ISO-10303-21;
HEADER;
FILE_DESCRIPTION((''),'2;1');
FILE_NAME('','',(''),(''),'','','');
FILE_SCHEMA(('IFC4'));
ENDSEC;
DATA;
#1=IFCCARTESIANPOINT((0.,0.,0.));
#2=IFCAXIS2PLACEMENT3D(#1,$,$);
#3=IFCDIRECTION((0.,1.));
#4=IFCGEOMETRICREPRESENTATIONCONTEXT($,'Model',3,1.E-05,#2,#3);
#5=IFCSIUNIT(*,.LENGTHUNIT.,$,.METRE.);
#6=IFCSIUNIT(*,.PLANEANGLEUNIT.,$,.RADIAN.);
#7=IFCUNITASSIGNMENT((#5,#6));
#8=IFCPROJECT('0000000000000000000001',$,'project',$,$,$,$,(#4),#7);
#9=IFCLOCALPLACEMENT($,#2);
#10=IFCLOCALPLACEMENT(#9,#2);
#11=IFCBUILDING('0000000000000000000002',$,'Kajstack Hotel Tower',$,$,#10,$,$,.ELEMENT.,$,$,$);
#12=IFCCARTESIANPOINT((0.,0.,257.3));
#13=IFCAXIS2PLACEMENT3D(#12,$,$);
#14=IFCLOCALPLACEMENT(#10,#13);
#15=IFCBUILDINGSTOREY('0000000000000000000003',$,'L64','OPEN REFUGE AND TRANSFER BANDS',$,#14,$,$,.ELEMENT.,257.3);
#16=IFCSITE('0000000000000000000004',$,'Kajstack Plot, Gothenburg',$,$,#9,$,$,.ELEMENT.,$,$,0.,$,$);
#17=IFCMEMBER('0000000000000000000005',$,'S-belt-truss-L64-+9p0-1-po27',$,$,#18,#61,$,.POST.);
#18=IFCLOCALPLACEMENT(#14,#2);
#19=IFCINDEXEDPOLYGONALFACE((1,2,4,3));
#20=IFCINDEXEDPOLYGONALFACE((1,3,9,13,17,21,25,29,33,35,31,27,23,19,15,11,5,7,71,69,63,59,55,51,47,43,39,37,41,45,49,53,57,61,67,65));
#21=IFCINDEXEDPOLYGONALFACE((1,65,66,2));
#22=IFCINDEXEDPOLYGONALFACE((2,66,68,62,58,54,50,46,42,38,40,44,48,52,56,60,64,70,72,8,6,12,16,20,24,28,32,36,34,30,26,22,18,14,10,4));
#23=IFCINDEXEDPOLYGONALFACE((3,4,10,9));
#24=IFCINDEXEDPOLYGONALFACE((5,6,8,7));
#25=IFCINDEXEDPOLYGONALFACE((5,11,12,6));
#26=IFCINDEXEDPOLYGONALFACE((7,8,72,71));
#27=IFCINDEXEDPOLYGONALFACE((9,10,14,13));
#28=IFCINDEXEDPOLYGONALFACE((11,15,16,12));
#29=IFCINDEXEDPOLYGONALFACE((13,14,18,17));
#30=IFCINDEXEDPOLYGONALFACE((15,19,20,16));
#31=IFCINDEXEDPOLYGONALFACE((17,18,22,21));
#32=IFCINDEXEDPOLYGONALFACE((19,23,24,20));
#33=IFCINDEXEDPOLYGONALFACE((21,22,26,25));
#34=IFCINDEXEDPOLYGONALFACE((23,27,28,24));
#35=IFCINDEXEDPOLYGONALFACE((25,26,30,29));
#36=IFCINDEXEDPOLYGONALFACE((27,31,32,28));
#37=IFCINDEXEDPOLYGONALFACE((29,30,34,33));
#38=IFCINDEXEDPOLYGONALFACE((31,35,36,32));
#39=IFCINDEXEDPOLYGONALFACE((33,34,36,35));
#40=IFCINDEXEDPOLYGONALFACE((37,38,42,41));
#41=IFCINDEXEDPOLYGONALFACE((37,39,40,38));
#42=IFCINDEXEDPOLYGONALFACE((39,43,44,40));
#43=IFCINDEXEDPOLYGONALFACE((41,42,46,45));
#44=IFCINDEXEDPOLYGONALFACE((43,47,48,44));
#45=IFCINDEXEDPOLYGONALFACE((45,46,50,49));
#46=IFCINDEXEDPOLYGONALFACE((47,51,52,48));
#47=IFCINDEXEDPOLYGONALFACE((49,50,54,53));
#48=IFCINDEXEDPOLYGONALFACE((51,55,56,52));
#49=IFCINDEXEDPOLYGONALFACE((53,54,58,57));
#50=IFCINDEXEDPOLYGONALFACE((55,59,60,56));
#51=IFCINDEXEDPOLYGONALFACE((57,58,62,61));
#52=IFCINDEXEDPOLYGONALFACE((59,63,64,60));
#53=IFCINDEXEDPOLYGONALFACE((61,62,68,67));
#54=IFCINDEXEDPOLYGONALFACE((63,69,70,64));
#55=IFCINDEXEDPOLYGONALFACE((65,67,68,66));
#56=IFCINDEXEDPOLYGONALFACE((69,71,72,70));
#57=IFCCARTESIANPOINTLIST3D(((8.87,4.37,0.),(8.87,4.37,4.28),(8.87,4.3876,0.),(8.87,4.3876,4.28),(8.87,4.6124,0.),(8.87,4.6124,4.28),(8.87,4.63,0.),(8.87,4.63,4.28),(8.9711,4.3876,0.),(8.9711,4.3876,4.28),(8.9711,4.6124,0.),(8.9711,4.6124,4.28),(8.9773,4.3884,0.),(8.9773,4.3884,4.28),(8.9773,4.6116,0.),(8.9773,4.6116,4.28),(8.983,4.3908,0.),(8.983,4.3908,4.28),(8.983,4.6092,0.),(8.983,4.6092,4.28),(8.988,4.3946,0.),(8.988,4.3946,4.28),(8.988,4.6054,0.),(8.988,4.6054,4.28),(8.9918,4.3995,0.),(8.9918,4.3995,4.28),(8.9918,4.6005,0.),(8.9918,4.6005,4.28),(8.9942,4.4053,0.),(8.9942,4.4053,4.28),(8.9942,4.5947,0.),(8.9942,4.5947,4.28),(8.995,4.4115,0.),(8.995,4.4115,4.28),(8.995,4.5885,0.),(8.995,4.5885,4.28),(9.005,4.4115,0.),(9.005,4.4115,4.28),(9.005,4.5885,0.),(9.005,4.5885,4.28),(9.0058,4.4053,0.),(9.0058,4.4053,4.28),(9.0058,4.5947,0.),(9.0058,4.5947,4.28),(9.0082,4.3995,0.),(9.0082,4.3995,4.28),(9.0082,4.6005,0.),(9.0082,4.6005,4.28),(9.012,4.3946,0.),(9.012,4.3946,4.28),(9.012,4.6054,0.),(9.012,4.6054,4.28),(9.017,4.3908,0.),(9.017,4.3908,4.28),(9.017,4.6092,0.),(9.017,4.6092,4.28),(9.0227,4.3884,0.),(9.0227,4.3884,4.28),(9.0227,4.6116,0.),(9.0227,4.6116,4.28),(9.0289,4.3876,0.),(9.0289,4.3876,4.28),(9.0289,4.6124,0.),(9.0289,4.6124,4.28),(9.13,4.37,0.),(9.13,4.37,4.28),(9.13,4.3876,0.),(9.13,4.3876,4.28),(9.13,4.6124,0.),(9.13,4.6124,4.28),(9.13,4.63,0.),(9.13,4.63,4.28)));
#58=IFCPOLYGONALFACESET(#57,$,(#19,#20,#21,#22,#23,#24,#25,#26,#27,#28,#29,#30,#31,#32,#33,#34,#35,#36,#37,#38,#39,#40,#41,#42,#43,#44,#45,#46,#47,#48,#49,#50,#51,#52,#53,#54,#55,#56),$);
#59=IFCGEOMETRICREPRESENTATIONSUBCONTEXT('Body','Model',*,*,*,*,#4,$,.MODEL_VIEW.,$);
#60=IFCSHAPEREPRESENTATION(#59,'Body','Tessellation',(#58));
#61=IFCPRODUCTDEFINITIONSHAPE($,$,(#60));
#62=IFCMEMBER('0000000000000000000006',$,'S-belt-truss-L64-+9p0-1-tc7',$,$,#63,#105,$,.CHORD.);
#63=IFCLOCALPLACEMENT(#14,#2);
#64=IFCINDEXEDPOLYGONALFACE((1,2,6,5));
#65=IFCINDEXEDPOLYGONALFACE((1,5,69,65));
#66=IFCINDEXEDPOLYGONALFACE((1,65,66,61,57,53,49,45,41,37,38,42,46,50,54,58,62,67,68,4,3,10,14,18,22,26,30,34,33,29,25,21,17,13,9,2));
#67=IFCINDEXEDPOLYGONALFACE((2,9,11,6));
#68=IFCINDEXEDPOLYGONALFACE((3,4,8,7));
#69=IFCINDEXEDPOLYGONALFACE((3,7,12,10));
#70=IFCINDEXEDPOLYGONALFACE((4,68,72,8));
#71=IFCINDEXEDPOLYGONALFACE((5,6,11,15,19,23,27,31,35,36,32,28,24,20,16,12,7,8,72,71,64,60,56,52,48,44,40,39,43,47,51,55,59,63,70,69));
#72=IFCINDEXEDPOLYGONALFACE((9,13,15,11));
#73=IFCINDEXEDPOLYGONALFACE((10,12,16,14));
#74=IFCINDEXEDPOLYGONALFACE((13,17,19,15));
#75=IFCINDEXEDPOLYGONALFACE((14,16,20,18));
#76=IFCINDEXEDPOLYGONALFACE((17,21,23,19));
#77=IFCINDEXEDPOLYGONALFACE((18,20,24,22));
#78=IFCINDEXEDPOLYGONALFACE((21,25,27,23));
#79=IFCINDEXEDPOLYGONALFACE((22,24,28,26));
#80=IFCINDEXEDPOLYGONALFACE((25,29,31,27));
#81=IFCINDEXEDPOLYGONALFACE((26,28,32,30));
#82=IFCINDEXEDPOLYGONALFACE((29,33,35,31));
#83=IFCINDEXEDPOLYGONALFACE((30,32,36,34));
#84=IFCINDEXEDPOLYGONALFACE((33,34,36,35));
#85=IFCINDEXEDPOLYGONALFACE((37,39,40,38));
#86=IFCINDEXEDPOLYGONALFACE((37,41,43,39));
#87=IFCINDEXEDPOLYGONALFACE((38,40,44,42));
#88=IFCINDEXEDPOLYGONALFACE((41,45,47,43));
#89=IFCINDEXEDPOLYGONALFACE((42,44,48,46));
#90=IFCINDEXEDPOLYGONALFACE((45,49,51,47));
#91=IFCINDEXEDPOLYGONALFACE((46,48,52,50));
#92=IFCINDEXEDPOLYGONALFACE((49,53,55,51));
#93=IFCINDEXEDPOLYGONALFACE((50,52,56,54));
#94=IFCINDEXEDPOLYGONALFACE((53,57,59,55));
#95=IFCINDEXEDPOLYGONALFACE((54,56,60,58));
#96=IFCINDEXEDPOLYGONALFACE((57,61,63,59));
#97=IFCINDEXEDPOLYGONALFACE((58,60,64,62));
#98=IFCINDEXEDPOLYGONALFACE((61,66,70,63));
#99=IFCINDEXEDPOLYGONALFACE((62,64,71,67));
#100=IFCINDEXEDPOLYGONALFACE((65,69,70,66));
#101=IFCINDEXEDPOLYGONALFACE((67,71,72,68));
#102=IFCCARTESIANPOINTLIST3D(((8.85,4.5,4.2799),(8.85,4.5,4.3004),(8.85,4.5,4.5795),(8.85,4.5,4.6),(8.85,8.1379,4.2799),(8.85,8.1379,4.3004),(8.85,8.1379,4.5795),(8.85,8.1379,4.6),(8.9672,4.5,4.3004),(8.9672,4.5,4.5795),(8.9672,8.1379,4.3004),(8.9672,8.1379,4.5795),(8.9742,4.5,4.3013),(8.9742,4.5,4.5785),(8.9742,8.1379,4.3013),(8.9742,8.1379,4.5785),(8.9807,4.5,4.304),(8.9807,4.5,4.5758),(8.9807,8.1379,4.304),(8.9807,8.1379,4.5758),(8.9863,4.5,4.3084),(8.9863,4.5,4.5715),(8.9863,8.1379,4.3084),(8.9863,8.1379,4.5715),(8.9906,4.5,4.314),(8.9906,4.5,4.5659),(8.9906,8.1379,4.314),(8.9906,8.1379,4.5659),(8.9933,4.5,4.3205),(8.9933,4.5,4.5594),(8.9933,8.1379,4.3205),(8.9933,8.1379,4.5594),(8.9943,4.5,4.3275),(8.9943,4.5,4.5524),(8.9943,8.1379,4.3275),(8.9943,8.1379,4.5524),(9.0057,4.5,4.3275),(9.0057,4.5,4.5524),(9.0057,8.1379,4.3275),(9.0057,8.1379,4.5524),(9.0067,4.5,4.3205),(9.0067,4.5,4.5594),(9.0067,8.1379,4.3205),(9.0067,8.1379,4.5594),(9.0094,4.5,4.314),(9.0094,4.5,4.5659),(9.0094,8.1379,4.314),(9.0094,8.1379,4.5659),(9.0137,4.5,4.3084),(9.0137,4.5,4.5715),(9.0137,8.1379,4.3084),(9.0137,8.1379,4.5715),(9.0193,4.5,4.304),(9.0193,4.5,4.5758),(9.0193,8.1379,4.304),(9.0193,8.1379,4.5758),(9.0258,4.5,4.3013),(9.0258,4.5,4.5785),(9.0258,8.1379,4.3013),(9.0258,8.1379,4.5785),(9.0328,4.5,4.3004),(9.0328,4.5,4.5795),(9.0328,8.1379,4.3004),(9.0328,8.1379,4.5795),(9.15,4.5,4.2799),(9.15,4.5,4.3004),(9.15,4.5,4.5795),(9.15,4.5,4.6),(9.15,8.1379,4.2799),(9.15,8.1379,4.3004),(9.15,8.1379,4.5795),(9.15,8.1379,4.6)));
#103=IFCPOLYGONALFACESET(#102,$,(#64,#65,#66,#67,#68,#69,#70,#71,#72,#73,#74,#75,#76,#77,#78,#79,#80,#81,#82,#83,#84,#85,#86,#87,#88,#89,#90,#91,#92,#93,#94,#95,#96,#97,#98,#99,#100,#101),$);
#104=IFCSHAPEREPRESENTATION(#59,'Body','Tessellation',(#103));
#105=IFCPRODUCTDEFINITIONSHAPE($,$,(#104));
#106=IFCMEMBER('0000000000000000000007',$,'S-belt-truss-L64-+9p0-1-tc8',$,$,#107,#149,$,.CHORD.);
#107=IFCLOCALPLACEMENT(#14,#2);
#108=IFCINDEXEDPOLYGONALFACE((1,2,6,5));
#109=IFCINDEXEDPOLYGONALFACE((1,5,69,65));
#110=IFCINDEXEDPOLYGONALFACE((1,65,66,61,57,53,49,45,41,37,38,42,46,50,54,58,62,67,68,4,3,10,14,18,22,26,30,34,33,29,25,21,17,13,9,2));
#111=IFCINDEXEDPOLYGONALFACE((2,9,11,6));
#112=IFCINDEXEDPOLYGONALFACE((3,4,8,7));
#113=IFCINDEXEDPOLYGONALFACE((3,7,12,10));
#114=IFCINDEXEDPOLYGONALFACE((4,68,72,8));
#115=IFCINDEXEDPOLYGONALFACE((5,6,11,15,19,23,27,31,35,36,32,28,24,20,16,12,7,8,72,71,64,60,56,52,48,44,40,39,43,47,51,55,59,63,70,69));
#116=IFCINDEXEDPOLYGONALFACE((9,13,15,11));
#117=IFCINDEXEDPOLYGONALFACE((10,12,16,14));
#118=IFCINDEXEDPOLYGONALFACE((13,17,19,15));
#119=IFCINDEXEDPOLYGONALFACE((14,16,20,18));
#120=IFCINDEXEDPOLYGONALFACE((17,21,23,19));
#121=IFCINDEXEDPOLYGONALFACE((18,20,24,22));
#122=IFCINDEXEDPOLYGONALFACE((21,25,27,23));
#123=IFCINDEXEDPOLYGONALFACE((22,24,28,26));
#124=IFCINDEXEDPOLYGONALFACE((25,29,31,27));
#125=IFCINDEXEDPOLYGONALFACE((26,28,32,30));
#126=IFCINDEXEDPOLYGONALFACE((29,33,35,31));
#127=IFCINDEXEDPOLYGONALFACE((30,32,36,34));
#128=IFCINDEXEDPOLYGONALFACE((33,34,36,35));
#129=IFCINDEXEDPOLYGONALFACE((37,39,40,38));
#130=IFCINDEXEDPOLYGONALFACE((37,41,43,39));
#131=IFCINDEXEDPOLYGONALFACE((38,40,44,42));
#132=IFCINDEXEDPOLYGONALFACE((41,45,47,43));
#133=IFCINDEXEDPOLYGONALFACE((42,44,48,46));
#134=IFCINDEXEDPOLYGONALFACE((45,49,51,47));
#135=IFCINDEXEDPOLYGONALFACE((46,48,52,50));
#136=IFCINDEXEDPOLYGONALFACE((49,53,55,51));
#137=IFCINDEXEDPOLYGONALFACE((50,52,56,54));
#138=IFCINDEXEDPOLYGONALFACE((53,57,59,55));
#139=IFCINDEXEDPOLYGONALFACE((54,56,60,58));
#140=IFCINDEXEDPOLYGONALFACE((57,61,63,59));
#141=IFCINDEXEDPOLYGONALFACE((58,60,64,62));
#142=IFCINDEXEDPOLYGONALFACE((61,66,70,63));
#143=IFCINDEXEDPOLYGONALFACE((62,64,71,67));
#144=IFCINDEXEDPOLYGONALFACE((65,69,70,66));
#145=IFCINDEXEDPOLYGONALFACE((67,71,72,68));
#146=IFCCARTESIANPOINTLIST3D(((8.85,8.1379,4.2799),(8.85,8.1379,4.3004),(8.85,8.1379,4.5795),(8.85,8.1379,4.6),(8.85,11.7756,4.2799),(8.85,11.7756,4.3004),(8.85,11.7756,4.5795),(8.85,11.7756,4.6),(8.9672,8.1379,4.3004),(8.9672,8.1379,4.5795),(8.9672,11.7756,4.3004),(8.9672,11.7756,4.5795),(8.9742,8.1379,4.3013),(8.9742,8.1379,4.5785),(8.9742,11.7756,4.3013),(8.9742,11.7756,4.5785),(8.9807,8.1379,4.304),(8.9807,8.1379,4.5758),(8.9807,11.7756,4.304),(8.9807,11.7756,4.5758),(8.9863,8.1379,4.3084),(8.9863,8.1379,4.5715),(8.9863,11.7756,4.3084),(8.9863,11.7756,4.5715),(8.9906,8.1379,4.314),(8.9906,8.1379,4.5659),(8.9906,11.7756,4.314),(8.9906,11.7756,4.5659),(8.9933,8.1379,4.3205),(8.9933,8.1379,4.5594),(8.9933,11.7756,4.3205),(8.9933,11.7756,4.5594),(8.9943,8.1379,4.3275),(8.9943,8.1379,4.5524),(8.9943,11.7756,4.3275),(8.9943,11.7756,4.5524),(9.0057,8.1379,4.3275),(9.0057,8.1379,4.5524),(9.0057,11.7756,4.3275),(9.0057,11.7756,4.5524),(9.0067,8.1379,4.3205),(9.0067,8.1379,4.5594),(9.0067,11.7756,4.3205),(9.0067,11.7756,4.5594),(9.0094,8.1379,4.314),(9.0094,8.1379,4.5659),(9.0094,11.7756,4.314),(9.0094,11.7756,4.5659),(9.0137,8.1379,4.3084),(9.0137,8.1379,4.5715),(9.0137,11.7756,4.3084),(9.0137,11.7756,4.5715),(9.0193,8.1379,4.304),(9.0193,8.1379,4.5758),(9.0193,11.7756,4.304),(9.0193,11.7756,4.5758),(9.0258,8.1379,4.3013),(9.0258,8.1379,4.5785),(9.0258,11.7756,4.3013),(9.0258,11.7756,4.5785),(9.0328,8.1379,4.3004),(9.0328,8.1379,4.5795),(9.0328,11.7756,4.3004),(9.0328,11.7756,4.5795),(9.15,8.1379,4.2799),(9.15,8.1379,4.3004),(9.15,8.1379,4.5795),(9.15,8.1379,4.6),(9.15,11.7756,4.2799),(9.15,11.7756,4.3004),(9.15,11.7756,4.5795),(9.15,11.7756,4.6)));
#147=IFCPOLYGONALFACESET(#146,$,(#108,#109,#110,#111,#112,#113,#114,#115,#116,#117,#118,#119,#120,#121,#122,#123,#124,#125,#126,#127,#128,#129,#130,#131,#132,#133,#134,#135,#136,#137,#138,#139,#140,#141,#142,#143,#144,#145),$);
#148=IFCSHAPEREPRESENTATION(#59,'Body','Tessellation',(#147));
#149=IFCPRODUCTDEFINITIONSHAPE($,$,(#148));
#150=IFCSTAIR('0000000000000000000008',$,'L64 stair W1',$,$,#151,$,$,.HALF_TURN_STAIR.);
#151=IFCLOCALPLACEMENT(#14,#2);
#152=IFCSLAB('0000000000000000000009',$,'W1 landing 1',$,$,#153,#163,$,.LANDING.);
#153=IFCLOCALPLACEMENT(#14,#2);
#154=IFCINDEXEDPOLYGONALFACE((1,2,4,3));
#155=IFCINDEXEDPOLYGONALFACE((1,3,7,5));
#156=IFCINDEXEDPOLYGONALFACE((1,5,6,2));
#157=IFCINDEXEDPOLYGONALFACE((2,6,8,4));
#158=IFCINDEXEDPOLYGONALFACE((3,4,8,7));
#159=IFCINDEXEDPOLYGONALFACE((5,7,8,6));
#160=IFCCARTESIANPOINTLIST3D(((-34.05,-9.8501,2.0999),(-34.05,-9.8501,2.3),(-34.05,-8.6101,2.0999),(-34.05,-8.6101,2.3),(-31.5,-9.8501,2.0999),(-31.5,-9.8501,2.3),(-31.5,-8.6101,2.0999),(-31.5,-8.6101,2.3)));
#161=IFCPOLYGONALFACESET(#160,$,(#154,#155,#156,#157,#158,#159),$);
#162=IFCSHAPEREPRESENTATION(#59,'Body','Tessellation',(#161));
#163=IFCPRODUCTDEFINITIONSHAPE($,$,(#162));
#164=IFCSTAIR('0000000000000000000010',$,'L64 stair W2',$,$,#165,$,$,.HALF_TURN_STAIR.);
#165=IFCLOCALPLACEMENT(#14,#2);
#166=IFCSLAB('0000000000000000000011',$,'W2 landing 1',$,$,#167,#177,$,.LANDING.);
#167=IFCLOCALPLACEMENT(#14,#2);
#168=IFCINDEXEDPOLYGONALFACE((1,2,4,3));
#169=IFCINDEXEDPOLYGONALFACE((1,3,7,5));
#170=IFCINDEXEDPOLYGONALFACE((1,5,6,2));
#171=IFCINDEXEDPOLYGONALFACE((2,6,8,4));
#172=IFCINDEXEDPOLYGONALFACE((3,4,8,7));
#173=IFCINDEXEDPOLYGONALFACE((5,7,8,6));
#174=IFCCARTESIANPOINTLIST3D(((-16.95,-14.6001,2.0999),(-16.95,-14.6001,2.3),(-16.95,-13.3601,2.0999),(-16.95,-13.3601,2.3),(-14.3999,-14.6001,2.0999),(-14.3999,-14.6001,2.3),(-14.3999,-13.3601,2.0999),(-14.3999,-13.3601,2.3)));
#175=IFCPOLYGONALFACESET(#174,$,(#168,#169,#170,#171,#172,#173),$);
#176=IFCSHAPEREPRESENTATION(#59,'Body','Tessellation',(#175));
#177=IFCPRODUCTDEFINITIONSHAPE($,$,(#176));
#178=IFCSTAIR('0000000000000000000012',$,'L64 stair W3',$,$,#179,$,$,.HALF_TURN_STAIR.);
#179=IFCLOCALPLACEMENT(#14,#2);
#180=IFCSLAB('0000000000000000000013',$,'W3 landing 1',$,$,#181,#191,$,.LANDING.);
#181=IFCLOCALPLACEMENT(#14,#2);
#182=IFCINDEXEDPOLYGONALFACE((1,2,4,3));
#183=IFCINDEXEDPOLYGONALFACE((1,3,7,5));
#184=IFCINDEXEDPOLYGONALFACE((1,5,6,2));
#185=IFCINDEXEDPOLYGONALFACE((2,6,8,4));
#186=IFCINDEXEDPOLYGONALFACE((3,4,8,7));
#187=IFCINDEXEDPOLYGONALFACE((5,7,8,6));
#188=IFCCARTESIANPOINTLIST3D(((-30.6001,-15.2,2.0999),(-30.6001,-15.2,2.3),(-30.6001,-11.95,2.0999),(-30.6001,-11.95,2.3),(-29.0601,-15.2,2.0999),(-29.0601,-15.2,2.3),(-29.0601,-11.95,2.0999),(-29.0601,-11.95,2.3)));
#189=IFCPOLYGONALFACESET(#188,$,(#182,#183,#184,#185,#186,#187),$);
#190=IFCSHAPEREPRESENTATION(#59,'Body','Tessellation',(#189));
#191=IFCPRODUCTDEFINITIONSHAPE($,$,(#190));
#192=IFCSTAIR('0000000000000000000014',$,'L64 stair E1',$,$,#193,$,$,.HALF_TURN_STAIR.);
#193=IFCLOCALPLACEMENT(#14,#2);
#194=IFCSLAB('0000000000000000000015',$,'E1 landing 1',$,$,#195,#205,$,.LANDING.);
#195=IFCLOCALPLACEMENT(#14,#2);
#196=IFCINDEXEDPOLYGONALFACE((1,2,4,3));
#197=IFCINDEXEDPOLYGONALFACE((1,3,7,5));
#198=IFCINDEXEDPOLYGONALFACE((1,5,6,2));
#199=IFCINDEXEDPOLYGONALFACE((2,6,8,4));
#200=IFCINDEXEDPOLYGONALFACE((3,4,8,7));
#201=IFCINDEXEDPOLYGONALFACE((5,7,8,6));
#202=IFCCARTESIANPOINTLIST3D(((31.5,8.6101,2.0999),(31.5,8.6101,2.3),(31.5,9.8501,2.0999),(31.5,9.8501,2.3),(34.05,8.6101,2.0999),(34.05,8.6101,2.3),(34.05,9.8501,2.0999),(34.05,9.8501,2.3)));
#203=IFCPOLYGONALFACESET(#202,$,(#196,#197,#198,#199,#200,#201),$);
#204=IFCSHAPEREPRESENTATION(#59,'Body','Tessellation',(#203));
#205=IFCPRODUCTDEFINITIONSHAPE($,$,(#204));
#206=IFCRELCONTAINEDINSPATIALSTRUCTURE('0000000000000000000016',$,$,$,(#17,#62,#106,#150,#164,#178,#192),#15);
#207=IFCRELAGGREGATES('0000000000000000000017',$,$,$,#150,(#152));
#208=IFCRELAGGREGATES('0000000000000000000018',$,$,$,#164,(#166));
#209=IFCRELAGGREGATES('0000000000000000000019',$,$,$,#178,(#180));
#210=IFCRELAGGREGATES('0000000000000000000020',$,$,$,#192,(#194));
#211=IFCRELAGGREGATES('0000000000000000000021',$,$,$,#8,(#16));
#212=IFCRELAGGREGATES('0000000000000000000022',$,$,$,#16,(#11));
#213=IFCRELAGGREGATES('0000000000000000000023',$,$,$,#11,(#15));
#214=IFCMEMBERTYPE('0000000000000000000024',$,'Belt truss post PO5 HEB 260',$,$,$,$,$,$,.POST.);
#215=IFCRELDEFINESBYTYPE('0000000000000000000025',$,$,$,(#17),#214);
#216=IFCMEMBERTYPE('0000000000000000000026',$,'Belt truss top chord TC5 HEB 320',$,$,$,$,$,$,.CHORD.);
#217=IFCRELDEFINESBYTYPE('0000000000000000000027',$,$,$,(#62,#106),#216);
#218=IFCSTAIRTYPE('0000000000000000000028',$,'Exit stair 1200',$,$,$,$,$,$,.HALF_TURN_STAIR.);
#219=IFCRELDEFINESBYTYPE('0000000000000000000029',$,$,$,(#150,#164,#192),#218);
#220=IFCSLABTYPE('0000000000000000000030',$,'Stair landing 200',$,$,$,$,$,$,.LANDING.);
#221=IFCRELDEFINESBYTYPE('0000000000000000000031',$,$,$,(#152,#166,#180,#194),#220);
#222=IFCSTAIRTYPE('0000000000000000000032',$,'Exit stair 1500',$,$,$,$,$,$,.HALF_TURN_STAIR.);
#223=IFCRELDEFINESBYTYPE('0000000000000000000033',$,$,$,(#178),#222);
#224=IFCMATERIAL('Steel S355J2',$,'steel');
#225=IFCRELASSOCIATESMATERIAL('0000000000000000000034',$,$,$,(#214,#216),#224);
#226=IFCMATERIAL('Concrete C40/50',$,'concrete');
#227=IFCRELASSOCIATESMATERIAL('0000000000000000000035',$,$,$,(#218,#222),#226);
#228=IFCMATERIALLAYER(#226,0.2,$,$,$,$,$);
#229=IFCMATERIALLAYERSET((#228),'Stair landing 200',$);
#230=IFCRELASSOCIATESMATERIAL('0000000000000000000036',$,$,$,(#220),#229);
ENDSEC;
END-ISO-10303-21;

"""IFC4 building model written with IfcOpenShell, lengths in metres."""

from ifc_helpers import new_model, si_unit, direction, frame, origin, origin_2d, place, context, subcontext, project, spatial, polyline, i_section, outline, extrude, material, layer, layer_set, material_profile, profile_set, type_object, element, aggregate, save


model = new_model("IFC4")

# Units and contexts
model_context = context("Model", 3, precision=1e-05, world=origin(), true_north=direction((0.0, 1.0)))
body_context = subcontext(model_context, "Body", "Model", "MODEL_VIEW")
ifc_project = project(units=[si_unit("LENGTHUNIT", "METRE"), si_unit("PLANEANGLEUNIT", "RADIAN")], contexts=[model_context])

# Site, building, storey
site_placement = place(None, origin())
site = spatial("IfcSite", under=ifc_project, at=site_placement, Name="Kajstack Plot, Gothenburg", CompositionType="ELEMENT", RefElevation=0.0)
building_placement = place(site_placement, origin())
building = spatial("IfcBuilding", under=site, at=building_placement, Name="Kajstack Hotel Tower", CompositionType="ELEMENT")
storey_placement = place(building_placement, frame((0.0, 0.0, 257.3)))
storey = spatial("IfcBuildingStorey", under=building, at=storey_placement, Name="L64", Description="OPEN REFUGE AND TRANSFER BANDS", CompositionType="ELEMENT", Elevation=257.3)

# Members
ifc_material_1 = material(Name="Steel S355J2", Category="steel")
ifc_material_profile_1 = material_profile(ifc_material_1, i_section(OverallWidth=0.26, OverallDepth=0.26, WebThickness=0.01, FlangeThickness=0.0176, FilletRadius=0.0239, at=origin_2d()), Name="HEB 260")
ifc_profile_set_1 = profile_set([ifc_material_profile_1], Name="Steel S355J2")
member_type_1 = type_object("IfcMemberType", Name="Belt truss post PO5 HEB 260", PredefinedType="POST", material=ifc_profile_set_1)
member_1_placement = place(storey_placement, frame((9.0, 4.5, 0.0), z_axis=(0.0, 0.0, 1.0), x_axis=(1.0, 0.0, 0.0)))
element("IfcMember", 1, at=member_1_placement, inside=storey, type_object=member_type_1, Name="S-belt-truss-L64-+9p0-1-po27", PredefinedType="POST", context=body_context, shape_type="SweptSolid", body=[
    extrude(i_section(OverallWidth=0.26, OverallDepth=0.26, WebThickness=0.01, FlangeThickness=0.0176, FilletRadius=0.0239, at=origin_2d()), origin(), (0.0, 0.0, 1.0), 4.28),
])
ifc_material_profile_2 = material_profile(ifc_material_1, i_section(OverallWidth=0.3, OverallDepth=0.3201, WebThickness=0.0115, FlangeThickness=0.0205, FilletRadius=0.0271, at=origin_2d()), Name="HEB 320")
ifc_profile_set_2 = profile_set([ifc_material_profile_2], Name="Steel S355J2")
member_type_2 = type_object("IfcMemberType", Name="Belt truss top chord TC5 HEB 320", PredefinedType="CHORD", material=ifc_profile_set_2)
member_2_placement = place(storey_placement, frame((9.0, 4.5, 4.4399), z_axis=(0.0, 1.0, 0.0), x_axis=(-1.0, 0.0, 0.0)))
element("IfcMember", 2, at=member_2_placement, inside=storey, type_object=member_type_2, Name="S-belt-truss-L64-+9p0-1-tc7", PredefinedType="CHORD", context=body_context, shape_type="SweptSolid", body=[
    extrude(i_section(OverallWidth=0.3, OverallDepth=0.3201, WebThickness=0.0115, FlangeThickness=0.0205, FilletRadius=0.0271, at=origin_2d()), origin(), (0.0, 0.0, 1.0), 3.6379),
])
member_3_placement = place(storey_placement, frame((9.0, 8.1379, 4.4399), z_axis=(0.0, 1.0, 0.0), x_axis=(-1.0, 0.0, 0.0)))
element("IfcMember", 3, at=member_3_placement, inside=storey, type_object=member_type_2, Name="S-belt-truss-L64-+9p0-1-tc8", PredefinedType="CHORD", context=body_context, shape_type="SweptSolid", body=[
    extrude(i_section(OverallWidth=0.3, OverallDepth=0.3201, WebThickness=0.0115, FlangeThickness=0.0205, FilletRadius=0.0271, at=origin_2d()), origin(), (0.0, 0.0, 1.0), 3.6377),
])

# Stairs, slabs
ifc_material_2 = material(Name="Concrete C40/50", Category="concrete")
stair_type_1 = type_object("IfcStairType", Name="Exit stair 1200", PredefinedType="HALF_TURN_STAIR", material=ifc_material_2)
stair_1_placement = place(storey_placement, origin())
stair_1 = element("IfcStair", 4, at=stair_1_placement, inside=storey, type_object=stair_type_1, Name="L64 stair W1", PredefinedType="HALF_TURN_STAIR")
ifc_layer_1 = layer(ifc_material_2, 0.2)
ifc_layer_set_1 = layer_set([ifc_layer_1], Name="Stair landing 200")
slab_type = type_object("IfcSlabType", Name="Stair landing 200", PredefinedType="LANDING", material=ifc_layer_set_1)
slab_1_placement = place(storey_placement, frame((0.0, 0.0, 2.0999)))
slab_1 = element("IfcSlab", 5, at=slab_1_placement, type_object=slab_type, Name="W1 landing 1", PredefinedType="LANDING", context=body_context, shape_type="SweptSolid", body=[
    extrude(outline(polyline([(-34.05, -8.6101), (-34.05, -9.8501), (-31.5, -9.8501), (-31.5, -8.6101), (-34.05, -8.6101)])), origin(), (0.0, 0.0, 1.0), 0.2002),
])
aggregate(stair_1, [slab_1])
stair_2_placement = place(storey_placement, origin())
stair_2 = element("IfcStair", 6, at=stair_2_placement, inside=storey, type_object=stair_type_1, Name="L64 stair W2", PredefinedType="HALF_TURN_STAIR")
slab_2_placement = place(storey_placement, frame((0.0, 0.0, 2.0999)))
slab_2 = element("IfcSlab", 7, at=slab_2_placement, type_object=slab_type, Name="W2 landing 1", PredefinedType="LANDING", context=body_context, shape_type="SweptSolid", body=[
    extrude(outline(polyline([(-16.95, -13.3601), (-16.95, -14.6001), (-14.3999, -14.6001), (-14.3999, -13.3601), (-16.95, -13.3601)])), origin(), (0.0, 0.0, 1.0), 0.2002),
])
aggregate(stair_2, [slab_2])
stair_type_2 = type_object("IfcStairType", Name="Exit stair 1500", PredefinedType="HALF_TURN_STAIR", material=ifc_material_2)
stair_3_placement = place(storey_placement, origin())
stair_3 = element("IfcStair", 8, at=stair_3_placement, inside=storey, type_object=stair_type_2, Name="L64 stair W3", PredefinedType="HALF_TURN_STAIR")
slab_3_placement = place(storey_placement, frame((0.0, 0.0, 2.0999)))
slab_3 = element("IfcSlab", 9, at=slab_3_placement, type_object=slab_type, Name="W3 landing 1", PredefinedType="LANDING", context=body_context, shape_type="SweptSolid", body=[
    extrude(outline(polyline([(-29.0601, -11.95), (-30.6001, -11.95), (-30.6001, -15.2), (-29.0601, -15.2), (-29.0601, -11.95)])), origin(), (0.0, 0.0, 1.0), 0.2002),
])
aggregate(stair_3, [slab_3])
stair_4_placement = place(storey_placement, origin())
stair_4 = element("IfcStair", 10, at=stair_4_placement, inside=storey, type_object=stair_type_1, Name="L64 stair E1", PredefinedType="HALF_TURN_STAIR")
slab_4_placement = place(storey_placement, frame((0.0, 0.0, 2.0999)))
slab_4 = element("IfcSlab", 11, at=slab_4_placement, type_object=slab_type, Name="E1 landing 1", PredefinedType="LANDING", context=body_context, shape_type="SweptSolid", body=[
    extrude(outline(polyline([(34.05, 8.6101), (34.05, 9.8501), (31.5, 9.8501), (31.5, 8.6101), (34.05, 8.6101)])), origin(), (0.0, 0.0, 1.0), 0.2002),
])
aggregate(stair_4, [slab_4])

save(model, "model.ifc")
